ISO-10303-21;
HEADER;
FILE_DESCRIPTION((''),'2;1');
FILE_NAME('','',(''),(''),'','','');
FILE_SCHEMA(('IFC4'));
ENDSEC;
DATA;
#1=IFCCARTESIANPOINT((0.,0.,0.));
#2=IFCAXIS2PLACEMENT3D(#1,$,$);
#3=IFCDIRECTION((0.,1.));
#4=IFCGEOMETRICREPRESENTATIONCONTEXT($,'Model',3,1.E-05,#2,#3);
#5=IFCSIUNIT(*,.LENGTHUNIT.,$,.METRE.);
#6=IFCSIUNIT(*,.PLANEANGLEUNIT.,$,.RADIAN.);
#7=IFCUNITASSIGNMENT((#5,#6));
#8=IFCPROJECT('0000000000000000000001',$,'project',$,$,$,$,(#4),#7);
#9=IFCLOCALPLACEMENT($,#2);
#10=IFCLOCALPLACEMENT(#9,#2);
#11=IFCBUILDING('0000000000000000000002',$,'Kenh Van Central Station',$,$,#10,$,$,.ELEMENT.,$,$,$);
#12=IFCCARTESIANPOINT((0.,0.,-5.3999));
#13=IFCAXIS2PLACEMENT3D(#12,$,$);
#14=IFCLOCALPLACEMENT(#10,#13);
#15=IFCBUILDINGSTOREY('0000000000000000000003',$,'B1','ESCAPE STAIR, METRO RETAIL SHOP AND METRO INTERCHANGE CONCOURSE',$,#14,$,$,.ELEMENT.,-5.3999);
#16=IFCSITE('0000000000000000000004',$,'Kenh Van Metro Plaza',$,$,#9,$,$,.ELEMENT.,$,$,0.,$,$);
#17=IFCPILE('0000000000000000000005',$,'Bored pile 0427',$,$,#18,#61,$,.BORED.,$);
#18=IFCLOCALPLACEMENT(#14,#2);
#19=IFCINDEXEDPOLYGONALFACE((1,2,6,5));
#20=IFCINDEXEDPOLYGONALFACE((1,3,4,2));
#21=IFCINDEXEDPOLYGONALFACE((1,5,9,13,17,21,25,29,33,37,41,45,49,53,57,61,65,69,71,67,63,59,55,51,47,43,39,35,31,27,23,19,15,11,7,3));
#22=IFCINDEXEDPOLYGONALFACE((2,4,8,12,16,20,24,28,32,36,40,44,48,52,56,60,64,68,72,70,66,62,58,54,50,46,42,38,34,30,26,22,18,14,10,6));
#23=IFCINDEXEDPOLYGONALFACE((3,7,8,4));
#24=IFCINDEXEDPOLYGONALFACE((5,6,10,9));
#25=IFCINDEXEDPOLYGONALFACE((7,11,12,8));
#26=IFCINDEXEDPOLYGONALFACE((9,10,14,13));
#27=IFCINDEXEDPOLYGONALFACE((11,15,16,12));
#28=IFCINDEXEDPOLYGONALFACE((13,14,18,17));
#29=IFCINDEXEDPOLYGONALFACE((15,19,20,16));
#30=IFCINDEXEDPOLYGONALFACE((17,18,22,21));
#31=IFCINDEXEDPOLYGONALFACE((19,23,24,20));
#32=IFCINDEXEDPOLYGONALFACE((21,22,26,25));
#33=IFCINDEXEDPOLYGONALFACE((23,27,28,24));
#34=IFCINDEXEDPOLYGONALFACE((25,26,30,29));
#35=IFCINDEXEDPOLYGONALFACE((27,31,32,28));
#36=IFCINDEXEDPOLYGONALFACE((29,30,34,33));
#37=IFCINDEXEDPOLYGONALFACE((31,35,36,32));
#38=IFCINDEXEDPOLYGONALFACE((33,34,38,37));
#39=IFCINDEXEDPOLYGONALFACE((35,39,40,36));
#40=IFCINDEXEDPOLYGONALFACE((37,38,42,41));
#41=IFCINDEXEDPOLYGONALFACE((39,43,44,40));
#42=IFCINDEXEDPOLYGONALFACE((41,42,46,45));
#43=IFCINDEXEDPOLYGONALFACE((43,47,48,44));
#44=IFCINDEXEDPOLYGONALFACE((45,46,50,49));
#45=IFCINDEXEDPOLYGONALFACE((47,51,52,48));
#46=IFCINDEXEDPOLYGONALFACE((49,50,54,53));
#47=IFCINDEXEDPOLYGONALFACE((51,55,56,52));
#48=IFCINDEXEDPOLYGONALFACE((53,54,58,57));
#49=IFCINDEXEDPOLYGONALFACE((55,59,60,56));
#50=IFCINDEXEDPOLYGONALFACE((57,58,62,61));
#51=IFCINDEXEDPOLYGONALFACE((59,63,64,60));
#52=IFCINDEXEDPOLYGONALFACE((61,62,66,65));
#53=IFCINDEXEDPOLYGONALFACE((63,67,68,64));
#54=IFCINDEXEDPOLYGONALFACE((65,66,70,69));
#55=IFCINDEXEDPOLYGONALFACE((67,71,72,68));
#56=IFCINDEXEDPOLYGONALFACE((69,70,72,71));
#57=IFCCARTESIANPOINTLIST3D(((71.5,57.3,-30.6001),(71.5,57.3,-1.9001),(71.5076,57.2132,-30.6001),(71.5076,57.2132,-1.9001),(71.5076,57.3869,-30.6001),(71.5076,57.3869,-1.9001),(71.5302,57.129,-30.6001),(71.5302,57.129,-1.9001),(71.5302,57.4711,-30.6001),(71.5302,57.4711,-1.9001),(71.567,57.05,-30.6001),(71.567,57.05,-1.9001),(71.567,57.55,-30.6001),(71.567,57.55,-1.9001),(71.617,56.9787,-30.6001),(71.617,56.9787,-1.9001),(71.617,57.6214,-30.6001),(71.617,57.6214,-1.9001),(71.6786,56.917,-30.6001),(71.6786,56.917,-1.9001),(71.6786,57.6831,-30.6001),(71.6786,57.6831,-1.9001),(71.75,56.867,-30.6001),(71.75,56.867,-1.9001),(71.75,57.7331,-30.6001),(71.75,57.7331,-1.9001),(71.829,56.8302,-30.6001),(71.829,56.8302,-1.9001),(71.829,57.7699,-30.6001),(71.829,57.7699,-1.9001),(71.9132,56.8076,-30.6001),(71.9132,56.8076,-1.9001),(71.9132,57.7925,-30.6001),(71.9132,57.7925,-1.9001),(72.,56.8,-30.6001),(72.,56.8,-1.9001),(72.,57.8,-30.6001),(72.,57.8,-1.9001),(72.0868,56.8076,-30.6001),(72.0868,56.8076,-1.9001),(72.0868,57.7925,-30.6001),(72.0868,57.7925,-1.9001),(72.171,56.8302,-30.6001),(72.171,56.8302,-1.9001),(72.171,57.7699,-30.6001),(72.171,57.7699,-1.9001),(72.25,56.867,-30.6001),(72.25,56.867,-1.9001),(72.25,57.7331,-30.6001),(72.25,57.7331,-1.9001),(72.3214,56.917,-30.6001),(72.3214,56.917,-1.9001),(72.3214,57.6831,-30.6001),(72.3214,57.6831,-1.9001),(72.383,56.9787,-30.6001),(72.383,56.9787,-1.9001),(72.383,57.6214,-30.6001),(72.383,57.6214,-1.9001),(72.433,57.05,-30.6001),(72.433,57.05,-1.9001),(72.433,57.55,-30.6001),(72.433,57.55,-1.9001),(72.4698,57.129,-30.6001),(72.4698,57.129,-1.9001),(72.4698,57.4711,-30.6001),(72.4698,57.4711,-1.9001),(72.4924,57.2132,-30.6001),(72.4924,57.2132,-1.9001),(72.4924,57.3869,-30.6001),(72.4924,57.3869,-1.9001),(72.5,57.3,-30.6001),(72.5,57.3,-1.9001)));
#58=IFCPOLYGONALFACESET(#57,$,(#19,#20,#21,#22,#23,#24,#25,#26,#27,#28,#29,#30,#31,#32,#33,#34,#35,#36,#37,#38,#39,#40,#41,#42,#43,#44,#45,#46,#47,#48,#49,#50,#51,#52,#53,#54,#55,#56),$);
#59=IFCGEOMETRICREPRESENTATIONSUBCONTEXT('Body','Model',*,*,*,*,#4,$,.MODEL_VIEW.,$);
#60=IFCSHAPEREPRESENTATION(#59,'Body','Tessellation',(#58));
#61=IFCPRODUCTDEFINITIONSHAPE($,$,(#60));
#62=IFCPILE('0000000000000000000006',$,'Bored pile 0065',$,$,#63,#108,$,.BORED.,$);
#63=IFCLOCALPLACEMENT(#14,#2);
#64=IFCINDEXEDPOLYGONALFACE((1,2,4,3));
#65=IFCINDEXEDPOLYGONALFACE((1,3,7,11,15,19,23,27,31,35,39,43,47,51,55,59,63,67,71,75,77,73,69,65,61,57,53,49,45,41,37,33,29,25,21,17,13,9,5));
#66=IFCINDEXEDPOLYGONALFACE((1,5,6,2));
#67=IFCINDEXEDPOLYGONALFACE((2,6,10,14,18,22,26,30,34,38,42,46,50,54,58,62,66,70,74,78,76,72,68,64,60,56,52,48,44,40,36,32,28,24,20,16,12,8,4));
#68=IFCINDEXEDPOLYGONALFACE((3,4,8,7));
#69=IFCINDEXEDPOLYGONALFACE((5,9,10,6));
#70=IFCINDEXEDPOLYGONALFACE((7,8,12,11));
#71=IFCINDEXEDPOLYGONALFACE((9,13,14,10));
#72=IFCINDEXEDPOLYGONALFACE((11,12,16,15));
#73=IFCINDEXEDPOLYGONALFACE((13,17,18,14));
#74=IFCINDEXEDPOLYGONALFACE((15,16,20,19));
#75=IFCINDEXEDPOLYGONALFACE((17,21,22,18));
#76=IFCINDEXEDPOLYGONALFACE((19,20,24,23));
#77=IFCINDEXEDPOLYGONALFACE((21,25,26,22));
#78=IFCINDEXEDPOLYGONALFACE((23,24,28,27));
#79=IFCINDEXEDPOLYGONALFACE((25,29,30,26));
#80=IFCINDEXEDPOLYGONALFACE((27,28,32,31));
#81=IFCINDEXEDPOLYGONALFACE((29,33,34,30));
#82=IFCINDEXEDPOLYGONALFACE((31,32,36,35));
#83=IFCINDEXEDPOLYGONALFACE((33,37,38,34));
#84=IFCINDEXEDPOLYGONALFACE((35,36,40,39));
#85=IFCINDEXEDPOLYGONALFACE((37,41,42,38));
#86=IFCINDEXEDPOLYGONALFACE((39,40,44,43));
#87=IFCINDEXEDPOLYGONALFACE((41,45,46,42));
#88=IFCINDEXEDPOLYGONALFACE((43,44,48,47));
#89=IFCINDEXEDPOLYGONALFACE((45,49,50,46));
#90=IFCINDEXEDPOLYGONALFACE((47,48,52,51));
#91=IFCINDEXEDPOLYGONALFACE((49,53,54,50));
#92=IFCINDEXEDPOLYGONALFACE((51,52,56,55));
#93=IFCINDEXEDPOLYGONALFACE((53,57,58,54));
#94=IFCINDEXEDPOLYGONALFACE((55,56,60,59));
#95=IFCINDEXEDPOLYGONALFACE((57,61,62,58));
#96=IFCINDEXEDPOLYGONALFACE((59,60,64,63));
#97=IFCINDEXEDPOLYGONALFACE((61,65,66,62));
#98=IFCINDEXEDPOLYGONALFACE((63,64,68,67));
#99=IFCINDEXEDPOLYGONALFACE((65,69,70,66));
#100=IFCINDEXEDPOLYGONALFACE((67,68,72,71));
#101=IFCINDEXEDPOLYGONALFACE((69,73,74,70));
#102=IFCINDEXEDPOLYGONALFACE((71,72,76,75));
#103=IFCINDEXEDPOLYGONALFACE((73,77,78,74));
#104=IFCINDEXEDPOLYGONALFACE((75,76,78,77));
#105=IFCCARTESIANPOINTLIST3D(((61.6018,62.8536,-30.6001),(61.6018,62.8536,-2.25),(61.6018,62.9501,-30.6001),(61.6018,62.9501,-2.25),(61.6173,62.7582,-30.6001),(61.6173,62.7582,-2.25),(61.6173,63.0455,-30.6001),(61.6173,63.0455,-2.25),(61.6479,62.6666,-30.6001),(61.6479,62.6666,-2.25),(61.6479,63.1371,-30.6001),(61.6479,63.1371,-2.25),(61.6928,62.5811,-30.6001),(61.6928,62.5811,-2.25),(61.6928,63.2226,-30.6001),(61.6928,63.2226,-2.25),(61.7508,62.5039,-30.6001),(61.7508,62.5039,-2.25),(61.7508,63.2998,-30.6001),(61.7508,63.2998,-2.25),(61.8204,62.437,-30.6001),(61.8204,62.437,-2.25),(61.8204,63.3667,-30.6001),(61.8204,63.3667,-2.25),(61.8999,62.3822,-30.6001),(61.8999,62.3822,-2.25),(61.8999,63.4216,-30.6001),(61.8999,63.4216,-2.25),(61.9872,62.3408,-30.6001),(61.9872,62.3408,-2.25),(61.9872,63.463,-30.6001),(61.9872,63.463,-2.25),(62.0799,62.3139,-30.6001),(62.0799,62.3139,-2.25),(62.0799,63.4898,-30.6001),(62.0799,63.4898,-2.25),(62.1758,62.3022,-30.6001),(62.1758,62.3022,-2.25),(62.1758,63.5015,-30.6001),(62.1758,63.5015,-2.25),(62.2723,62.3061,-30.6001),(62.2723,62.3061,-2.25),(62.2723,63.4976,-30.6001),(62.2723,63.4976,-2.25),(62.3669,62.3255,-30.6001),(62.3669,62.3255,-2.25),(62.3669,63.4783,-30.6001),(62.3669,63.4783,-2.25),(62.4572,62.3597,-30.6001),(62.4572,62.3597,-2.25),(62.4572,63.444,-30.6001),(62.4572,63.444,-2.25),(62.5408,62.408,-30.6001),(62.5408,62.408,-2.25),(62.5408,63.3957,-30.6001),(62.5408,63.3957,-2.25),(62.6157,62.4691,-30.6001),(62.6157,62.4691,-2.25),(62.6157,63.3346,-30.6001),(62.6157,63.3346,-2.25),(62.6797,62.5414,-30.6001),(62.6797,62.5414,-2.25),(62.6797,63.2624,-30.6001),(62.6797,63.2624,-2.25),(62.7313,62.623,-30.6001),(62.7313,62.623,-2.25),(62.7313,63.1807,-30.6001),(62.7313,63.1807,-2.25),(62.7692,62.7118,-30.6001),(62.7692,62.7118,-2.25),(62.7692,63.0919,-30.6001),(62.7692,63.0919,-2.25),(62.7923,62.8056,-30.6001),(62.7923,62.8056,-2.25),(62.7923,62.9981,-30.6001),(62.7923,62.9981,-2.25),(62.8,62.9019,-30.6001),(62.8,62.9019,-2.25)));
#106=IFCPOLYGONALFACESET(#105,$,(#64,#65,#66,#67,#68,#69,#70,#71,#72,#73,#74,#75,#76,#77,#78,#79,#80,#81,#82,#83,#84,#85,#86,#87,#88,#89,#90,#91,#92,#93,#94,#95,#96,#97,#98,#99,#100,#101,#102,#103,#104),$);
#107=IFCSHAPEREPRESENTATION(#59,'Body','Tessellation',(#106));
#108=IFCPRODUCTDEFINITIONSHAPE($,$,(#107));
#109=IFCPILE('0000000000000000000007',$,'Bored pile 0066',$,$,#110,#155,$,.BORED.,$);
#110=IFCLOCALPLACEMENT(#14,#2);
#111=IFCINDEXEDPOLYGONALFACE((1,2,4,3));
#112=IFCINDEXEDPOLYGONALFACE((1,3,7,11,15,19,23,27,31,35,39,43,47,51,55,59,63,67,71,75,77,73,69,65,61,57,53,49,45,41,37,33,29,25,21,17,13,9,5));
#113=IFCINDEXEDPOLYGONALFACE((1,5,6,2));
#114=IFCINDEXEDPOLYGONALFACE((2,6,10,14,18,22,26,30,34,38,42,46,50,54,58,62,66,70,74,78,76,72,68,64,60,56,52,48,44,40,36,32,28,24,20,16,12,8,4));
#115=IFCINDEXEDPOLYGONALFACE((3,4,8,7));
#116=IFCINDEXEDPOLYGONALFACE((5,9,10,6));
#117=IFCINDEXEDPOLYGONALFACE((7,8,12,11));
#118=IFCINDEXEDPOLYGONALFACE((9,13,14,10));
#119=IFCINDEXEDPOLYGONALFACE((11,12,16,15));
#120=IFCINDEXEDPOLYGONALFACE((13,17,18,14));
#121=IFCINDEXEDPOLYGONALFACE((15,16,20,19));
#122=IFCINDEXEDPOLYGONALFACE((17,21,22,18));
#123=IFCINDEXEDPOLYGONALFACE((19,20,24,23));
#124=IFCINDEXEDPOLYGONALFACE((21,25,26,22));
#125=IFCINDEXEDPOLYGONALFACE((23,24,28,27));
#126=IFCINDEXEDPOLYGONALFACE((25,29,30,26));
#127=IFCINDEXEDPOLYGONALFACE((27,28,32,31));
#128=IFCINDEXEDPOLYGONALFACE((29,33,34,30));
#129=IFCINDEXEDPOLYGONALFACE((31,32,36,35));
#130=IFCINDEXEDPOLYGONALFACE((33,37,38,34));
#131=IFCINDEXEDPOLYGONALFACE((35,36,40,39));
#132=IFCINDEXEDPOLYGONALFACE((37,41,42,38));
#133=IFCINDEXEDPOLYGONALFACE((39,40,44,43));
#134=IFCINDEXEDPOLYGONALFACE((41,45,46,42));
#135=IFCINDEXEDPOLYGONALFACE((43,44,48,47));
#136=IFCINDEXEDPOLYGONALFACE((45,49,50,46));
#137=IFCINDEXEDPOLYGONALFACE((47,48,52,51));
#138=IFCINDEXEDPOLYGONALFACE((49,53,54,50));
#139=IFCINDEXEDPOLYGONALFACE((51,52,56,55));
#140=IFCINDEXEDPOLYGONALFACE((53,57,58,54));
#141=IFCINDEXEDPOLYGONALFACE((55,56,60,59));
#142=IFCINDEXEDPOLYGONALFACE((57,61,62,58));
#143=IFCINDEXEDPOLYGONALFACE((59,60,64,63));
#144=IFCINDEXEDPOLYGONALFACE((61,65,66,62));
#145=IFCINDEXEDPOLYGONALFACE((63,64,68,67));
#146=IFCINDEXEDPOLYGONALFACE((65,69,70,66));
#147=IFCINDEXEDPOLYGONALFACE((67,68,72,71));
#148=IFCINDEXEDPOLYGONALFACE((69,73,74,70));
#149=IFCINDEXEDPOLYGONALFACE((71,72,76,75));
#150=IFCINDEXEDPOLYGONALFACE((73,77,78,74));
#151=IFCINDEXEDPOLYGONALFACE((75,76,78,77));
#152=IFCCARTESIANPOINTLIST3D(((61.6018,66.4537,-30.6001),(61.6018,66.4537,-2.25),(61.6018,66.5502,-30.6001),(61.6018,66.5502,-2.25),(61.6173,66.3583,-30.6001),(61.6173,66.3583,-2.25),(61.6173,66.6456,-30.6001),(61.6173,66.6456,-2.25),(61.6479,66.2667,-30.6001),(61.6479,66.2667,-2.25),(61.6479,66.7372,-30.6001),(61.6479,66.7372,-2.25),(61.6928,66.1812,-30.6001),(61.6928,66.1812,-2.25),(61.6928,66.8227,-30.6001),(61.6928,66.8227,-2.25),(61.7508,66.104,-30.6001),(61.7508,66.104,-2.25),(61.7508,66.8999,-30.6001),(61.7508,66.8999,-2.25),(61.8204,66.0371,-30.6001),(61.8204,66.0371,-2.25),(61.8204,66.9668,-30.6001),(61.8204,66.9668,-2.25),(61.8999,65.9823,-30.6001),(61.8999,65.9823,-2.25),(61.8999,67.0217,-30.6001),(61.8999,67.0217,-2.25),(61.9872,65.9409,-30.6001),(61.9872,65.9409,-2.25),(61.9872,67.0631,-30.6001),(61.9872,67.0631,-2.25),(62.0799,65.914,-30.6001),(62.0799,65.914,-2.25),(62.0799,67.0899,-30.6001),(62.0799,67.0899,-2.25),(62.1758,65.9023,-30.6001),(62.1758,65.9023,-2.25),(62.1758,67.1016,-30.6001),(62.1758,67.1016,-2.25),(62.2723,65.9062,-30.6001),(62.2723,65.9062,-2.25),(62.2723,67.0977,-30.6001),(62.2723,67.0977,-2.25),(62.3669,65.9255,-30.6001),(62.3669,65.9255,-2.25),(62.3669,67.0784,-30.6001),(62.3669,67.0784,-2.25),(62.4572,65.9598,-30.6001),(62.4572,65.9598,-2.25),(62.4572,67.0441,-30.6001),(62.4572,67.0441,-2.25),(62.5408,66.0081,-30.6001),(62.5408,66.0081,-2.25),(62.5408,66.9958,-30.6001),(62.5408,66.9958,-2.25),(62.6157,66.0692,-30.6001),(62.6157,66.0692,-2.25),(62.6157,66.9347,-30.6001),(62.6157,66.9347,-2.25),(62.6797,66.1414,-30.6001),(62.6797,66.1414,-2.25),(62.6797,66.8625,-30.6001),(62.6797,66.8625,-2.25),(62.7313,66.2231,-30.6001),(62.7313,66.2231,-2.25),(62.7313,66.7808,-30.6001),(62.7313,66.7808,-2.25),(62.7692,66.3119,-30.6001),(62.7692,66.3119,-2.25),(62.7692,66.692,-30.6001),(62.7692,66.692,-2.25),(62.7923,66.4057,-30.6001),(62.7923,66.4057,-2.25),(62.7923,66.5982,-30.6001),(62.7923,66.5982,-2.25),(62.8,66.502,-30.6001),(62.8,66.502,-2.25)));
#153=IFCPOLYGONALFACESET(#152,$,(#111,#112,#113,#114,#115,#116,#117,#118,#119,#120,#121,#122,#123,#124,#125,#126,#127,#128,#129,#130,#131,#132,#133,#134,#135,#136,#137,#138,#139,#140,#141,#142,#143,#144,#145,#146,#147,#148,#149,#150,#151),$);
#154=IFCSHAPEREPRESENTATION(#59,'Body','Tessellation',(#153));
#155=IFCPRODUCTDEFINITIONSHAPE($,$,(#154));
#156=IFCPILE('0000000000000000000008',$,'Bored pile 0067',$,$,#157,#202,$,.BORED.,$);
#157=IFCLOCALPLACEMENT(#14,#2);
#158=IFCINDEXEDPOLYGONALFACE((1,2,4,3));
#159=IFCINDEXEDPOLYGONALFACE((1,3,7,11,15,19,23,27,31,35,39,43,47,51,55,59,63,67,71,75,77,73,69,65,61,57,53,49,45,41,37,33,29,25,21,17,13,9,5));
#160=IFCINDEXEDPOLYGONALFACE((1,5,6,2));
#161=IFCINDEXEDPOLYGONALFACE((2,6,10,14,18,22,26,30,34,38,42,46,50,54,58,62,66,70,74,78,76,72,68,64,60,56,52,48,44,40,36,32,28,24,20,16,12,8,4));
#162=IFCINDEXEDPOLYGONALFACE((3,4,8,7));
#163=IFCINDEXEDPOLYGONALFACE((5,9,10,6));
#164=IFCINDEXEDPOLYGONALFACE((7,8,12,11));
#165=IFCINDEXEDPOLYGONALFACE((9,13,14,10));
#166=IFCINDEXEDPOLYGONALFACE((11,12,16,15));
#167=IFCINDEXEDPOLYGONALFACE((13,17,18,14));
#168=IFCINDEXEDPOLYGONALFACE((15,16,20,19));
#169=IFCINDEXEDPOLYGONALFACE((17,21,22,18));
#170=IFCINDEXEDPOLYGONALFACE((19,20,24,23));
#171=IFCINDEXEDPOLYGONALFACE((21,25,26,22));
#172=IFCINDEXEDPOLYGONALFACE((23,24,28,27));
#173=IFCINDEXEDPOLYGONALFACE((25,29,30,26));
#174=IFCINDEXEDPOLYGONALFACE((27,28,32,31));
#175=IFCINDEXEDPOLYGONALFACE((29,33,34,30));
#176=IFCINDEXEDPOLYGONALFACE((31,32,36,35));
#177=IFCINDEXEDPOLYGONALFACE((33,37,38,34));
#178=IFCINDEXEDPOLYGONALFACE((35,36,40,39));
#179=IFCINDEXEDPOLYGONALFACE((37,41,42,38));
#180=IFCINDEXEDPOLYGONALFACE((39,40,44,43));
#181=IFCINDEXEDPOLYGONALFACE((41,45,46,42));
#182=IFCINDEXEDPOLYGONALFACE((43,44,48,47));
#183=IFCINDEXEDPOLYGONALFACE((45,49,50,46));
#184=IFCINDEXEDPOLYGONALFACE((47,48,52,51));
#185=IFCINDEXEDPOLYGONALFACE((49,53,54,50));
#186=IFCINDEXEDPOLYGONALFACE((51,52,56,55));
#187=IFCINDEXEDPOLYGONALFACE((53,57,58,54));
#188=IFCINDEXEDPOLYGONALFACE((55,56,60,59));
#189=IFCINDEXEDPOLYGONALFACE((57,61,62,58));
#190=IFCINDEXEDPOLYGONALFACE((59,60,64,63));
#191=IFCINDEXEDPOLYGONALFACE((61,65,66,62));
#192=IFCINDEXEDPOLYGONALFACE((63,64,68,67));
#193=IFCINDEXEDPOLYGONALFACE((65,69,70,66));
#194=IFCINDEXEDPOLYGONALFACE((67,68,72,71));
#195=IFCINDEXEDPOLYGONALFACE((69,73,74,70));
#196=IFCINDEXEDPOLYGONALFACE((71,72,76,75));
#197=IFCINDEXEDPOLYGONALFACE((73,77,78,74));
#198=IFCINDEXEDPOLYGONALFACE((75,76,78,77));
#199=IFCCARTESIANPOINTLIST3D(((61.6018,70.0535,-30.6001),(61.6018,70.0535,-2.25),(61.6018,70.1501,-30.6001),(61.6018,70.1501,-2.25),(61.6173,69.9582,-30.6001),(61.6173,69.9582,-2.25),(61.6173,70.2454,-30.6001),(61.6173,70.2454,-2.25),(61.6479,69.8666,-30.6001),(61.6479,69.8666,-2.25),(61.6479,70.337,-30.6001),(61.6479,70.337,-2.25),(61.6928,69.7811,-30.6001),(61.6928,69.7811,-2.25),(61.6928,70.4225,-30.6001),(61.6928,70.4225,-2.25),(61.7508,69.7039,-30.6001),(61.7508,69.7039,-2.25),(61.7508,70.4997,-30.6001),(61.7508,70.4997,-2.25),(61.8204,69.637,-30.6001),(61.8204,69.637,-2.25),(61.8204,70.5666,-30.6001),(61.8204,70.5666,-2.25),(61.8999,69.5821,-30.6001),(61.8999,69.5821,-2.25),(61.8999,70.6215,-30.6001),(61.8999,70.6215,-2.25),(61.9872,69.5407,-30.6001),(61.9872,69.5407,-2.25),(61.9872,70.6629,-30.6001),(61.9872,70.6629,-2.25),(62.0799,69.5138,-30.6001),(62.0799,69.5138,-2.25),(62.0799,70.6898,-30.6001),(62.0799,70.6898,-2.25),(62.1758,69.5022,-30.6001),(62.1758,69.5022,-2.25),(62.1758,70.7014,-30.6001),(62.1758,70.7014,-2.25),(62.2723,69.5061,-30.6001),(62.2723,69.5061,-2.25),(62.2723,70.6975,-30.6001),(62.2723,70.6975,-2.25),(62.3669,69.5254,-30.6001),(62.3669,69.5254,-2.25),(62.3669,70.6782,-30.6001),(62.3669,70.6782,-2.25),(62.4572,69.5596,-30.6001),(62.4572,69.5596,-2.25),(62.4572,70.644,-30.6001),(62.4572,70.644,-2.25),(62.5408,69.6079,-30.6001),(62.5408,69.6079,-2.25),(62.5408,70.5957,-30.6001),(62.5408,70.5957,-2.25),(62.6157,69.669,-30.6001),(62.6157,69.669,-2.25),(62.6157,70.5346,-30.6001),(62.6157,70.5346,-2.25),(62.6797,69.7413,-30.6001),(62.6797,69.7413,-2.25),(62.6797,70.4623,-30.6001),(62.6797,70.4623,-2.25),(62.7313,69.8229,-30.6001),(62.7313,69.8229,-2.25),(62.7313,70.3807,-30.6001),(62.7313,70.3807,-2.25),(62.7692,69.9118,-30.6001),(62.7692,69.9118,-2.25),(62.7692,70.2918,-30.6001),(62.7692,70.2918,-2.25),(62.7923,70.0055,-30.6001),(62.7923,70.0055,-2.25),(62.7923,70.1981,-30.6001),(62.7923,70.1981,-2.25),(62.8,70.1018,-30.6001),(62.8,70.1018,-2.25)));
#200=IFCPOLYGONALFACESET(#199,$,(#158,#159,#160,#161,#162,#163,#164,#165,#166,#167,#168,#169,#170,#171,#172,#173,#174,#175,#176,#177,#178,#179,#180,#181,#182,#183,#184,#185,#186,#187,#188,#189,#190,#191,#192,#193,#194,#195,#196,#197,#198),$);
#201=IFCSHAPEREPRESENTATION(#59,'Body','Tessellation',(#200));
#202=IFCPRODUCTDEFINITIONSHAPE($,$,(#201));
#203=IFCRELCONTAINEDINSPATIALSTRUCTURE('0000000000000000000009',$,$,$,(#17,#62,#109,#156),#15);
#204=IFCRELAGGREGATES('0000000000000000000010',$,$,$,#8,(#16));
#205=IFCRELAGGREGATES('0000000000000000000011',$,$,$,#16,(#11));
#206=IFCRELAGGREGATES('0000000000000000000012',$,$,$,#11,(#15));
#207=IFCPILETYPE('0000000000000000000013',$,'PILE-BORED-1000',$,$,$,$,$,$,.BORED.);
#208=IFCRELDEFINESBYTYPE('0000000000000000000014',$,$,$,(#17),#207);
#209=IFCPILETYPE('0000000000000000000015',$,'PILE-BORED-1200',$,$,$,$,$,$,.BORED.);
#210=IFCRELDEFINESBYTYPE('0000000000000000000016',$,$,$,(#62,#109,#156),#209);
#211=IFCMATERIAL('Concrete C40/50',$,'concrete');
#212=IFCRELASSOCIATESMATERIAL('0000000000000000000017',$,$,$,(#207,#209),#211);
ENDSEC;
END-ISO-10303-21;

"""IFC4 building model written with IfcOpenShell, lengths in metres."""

from ifc_helpers import new_model, si_unit, direction, frame, origin, origin_2d, place, context, subcontext, project, spatial, circle, extrude, material, material_profile, profile_set, type_object, element, save


model = new_model("IFC4")

# Units and contexts
model_context = context("Model", 3, precision=1e-05, world=origin(), true_north=direction((0.0, 1.0)))
body_context = subcontext(model_context, "Body", "Model", "MODEL_VIEW")
ifc_project = project(units=[si_unit("LENGTHUNIT", "METRE"), si_unit("PLANEANGLEUNIT", "RADIAN")], contexts=[model_context])

# Site, building, storey
site_placement = place(None, origin())
site = spatial("IfcSite", under=ifc_project, at=site_placement, Name="Kenh Van Metro Plaza", CompositionType="ELEMENT", RefElevation=0.0)
building_placement = place(site_placement, origin())
building = spatial("IfcBuilding", under=site, at=building_placement, Name="Kenh Van Central Station", CompositionType="ELEMENT")
storey_placement = place(building_placement, frame((0.0, 0.0, -5.3999)))
storey = spatial("IfcBuildingStorey", under=building, at=storey_placement, Name="B1", Description="ESCAPE STAIR, METRO RETAIL SHOP AND METRO INTERCHANGE CONCOURSE", CompositionType="ELEMENT", Elevation=-5.3999)

# Shared definitions
ifc_material_1 = material(Name="Concrete C40/50", Category="concrete")

# Piles
ifc_material_profile_1 = material_profile(ifc_material_1, circle(Radius=0.5, at=origin_2d()), Name="PILE D1000")
ifc_profile_set_1 = profile_set([ifc_material_profile_1], Name="Concrete C40/50")
pile_type_1 = type_object("IfcPileType", Name="PILE-BORED-1000", PredefinedType="BORED", material=ifc_profile_set_1)
for number, where, z_axis, x_axis, name in (
    (1, (72.0, 57.3, -1.9001), (0.0, 0.0, -1.0), (1.0, 0.0, 0.0), "Bored pile 0427"),
):
    element("IfcPile", number, at=place(storey_placement, frame(where, z_axis=z_axis, x_axis=x_axis)), inside=storey, type_object=pile_type_1, Name=name, PredefinedType="BORED", context=body_context, shape_type="SweptSolid", body=[
        extrude(circle(Radius=0.5, at=origin_2d()), origin(), (0.0, 0.0, 1.0), 28.7),
    ])
ifc_material_profile_2 = material_profile(ifc_material_1, circle(Radius=0.6001, at=origin_2d()), Name="PILE D1200")
ifc_profile_set_2 = profile_set([ifc_material_profile_2], Name="Concrete C40/50")
pile_type_2 = type_object("IfcPileType", Name="PILE-BORED-1200", PredefinedType="BORED", material=ifc_profile_set_2)
for number, where, z_axis, x_axis, name in (
    (2, (62.2, 62.9019, -2.25), (0.0, 0.0, -1.0), (1.0, 0.0, 0.0), "Bored pile 0065"),
    (3, (62.2, 66.502, -2.25), (0.0, 0.0, -1.0), (1.0, 0.0, 0.0), "Bored pile 0066"),
    (4, (62.2, 70.1018, -2.25), (0.0, 0.0, -1.0), (1.0, 0.0, 0.0), "Bored pile 0067"),
):
    element("IfcPile", number, at=place(storey_placement, frame(where, z_axis=z_axis, x_axis=x_axis)), inside=storey, type_object=pile_type_2, Name=name, PredefinedType="BORED", context=body_context, shape_type="SweptSolid", body=[
        extrude(circle(Radius=0.6001, at=origin_2d()), origin(), (0.0, 0.0, 1.0), 28.3501),
    ])

save(model, "model.ifc")
